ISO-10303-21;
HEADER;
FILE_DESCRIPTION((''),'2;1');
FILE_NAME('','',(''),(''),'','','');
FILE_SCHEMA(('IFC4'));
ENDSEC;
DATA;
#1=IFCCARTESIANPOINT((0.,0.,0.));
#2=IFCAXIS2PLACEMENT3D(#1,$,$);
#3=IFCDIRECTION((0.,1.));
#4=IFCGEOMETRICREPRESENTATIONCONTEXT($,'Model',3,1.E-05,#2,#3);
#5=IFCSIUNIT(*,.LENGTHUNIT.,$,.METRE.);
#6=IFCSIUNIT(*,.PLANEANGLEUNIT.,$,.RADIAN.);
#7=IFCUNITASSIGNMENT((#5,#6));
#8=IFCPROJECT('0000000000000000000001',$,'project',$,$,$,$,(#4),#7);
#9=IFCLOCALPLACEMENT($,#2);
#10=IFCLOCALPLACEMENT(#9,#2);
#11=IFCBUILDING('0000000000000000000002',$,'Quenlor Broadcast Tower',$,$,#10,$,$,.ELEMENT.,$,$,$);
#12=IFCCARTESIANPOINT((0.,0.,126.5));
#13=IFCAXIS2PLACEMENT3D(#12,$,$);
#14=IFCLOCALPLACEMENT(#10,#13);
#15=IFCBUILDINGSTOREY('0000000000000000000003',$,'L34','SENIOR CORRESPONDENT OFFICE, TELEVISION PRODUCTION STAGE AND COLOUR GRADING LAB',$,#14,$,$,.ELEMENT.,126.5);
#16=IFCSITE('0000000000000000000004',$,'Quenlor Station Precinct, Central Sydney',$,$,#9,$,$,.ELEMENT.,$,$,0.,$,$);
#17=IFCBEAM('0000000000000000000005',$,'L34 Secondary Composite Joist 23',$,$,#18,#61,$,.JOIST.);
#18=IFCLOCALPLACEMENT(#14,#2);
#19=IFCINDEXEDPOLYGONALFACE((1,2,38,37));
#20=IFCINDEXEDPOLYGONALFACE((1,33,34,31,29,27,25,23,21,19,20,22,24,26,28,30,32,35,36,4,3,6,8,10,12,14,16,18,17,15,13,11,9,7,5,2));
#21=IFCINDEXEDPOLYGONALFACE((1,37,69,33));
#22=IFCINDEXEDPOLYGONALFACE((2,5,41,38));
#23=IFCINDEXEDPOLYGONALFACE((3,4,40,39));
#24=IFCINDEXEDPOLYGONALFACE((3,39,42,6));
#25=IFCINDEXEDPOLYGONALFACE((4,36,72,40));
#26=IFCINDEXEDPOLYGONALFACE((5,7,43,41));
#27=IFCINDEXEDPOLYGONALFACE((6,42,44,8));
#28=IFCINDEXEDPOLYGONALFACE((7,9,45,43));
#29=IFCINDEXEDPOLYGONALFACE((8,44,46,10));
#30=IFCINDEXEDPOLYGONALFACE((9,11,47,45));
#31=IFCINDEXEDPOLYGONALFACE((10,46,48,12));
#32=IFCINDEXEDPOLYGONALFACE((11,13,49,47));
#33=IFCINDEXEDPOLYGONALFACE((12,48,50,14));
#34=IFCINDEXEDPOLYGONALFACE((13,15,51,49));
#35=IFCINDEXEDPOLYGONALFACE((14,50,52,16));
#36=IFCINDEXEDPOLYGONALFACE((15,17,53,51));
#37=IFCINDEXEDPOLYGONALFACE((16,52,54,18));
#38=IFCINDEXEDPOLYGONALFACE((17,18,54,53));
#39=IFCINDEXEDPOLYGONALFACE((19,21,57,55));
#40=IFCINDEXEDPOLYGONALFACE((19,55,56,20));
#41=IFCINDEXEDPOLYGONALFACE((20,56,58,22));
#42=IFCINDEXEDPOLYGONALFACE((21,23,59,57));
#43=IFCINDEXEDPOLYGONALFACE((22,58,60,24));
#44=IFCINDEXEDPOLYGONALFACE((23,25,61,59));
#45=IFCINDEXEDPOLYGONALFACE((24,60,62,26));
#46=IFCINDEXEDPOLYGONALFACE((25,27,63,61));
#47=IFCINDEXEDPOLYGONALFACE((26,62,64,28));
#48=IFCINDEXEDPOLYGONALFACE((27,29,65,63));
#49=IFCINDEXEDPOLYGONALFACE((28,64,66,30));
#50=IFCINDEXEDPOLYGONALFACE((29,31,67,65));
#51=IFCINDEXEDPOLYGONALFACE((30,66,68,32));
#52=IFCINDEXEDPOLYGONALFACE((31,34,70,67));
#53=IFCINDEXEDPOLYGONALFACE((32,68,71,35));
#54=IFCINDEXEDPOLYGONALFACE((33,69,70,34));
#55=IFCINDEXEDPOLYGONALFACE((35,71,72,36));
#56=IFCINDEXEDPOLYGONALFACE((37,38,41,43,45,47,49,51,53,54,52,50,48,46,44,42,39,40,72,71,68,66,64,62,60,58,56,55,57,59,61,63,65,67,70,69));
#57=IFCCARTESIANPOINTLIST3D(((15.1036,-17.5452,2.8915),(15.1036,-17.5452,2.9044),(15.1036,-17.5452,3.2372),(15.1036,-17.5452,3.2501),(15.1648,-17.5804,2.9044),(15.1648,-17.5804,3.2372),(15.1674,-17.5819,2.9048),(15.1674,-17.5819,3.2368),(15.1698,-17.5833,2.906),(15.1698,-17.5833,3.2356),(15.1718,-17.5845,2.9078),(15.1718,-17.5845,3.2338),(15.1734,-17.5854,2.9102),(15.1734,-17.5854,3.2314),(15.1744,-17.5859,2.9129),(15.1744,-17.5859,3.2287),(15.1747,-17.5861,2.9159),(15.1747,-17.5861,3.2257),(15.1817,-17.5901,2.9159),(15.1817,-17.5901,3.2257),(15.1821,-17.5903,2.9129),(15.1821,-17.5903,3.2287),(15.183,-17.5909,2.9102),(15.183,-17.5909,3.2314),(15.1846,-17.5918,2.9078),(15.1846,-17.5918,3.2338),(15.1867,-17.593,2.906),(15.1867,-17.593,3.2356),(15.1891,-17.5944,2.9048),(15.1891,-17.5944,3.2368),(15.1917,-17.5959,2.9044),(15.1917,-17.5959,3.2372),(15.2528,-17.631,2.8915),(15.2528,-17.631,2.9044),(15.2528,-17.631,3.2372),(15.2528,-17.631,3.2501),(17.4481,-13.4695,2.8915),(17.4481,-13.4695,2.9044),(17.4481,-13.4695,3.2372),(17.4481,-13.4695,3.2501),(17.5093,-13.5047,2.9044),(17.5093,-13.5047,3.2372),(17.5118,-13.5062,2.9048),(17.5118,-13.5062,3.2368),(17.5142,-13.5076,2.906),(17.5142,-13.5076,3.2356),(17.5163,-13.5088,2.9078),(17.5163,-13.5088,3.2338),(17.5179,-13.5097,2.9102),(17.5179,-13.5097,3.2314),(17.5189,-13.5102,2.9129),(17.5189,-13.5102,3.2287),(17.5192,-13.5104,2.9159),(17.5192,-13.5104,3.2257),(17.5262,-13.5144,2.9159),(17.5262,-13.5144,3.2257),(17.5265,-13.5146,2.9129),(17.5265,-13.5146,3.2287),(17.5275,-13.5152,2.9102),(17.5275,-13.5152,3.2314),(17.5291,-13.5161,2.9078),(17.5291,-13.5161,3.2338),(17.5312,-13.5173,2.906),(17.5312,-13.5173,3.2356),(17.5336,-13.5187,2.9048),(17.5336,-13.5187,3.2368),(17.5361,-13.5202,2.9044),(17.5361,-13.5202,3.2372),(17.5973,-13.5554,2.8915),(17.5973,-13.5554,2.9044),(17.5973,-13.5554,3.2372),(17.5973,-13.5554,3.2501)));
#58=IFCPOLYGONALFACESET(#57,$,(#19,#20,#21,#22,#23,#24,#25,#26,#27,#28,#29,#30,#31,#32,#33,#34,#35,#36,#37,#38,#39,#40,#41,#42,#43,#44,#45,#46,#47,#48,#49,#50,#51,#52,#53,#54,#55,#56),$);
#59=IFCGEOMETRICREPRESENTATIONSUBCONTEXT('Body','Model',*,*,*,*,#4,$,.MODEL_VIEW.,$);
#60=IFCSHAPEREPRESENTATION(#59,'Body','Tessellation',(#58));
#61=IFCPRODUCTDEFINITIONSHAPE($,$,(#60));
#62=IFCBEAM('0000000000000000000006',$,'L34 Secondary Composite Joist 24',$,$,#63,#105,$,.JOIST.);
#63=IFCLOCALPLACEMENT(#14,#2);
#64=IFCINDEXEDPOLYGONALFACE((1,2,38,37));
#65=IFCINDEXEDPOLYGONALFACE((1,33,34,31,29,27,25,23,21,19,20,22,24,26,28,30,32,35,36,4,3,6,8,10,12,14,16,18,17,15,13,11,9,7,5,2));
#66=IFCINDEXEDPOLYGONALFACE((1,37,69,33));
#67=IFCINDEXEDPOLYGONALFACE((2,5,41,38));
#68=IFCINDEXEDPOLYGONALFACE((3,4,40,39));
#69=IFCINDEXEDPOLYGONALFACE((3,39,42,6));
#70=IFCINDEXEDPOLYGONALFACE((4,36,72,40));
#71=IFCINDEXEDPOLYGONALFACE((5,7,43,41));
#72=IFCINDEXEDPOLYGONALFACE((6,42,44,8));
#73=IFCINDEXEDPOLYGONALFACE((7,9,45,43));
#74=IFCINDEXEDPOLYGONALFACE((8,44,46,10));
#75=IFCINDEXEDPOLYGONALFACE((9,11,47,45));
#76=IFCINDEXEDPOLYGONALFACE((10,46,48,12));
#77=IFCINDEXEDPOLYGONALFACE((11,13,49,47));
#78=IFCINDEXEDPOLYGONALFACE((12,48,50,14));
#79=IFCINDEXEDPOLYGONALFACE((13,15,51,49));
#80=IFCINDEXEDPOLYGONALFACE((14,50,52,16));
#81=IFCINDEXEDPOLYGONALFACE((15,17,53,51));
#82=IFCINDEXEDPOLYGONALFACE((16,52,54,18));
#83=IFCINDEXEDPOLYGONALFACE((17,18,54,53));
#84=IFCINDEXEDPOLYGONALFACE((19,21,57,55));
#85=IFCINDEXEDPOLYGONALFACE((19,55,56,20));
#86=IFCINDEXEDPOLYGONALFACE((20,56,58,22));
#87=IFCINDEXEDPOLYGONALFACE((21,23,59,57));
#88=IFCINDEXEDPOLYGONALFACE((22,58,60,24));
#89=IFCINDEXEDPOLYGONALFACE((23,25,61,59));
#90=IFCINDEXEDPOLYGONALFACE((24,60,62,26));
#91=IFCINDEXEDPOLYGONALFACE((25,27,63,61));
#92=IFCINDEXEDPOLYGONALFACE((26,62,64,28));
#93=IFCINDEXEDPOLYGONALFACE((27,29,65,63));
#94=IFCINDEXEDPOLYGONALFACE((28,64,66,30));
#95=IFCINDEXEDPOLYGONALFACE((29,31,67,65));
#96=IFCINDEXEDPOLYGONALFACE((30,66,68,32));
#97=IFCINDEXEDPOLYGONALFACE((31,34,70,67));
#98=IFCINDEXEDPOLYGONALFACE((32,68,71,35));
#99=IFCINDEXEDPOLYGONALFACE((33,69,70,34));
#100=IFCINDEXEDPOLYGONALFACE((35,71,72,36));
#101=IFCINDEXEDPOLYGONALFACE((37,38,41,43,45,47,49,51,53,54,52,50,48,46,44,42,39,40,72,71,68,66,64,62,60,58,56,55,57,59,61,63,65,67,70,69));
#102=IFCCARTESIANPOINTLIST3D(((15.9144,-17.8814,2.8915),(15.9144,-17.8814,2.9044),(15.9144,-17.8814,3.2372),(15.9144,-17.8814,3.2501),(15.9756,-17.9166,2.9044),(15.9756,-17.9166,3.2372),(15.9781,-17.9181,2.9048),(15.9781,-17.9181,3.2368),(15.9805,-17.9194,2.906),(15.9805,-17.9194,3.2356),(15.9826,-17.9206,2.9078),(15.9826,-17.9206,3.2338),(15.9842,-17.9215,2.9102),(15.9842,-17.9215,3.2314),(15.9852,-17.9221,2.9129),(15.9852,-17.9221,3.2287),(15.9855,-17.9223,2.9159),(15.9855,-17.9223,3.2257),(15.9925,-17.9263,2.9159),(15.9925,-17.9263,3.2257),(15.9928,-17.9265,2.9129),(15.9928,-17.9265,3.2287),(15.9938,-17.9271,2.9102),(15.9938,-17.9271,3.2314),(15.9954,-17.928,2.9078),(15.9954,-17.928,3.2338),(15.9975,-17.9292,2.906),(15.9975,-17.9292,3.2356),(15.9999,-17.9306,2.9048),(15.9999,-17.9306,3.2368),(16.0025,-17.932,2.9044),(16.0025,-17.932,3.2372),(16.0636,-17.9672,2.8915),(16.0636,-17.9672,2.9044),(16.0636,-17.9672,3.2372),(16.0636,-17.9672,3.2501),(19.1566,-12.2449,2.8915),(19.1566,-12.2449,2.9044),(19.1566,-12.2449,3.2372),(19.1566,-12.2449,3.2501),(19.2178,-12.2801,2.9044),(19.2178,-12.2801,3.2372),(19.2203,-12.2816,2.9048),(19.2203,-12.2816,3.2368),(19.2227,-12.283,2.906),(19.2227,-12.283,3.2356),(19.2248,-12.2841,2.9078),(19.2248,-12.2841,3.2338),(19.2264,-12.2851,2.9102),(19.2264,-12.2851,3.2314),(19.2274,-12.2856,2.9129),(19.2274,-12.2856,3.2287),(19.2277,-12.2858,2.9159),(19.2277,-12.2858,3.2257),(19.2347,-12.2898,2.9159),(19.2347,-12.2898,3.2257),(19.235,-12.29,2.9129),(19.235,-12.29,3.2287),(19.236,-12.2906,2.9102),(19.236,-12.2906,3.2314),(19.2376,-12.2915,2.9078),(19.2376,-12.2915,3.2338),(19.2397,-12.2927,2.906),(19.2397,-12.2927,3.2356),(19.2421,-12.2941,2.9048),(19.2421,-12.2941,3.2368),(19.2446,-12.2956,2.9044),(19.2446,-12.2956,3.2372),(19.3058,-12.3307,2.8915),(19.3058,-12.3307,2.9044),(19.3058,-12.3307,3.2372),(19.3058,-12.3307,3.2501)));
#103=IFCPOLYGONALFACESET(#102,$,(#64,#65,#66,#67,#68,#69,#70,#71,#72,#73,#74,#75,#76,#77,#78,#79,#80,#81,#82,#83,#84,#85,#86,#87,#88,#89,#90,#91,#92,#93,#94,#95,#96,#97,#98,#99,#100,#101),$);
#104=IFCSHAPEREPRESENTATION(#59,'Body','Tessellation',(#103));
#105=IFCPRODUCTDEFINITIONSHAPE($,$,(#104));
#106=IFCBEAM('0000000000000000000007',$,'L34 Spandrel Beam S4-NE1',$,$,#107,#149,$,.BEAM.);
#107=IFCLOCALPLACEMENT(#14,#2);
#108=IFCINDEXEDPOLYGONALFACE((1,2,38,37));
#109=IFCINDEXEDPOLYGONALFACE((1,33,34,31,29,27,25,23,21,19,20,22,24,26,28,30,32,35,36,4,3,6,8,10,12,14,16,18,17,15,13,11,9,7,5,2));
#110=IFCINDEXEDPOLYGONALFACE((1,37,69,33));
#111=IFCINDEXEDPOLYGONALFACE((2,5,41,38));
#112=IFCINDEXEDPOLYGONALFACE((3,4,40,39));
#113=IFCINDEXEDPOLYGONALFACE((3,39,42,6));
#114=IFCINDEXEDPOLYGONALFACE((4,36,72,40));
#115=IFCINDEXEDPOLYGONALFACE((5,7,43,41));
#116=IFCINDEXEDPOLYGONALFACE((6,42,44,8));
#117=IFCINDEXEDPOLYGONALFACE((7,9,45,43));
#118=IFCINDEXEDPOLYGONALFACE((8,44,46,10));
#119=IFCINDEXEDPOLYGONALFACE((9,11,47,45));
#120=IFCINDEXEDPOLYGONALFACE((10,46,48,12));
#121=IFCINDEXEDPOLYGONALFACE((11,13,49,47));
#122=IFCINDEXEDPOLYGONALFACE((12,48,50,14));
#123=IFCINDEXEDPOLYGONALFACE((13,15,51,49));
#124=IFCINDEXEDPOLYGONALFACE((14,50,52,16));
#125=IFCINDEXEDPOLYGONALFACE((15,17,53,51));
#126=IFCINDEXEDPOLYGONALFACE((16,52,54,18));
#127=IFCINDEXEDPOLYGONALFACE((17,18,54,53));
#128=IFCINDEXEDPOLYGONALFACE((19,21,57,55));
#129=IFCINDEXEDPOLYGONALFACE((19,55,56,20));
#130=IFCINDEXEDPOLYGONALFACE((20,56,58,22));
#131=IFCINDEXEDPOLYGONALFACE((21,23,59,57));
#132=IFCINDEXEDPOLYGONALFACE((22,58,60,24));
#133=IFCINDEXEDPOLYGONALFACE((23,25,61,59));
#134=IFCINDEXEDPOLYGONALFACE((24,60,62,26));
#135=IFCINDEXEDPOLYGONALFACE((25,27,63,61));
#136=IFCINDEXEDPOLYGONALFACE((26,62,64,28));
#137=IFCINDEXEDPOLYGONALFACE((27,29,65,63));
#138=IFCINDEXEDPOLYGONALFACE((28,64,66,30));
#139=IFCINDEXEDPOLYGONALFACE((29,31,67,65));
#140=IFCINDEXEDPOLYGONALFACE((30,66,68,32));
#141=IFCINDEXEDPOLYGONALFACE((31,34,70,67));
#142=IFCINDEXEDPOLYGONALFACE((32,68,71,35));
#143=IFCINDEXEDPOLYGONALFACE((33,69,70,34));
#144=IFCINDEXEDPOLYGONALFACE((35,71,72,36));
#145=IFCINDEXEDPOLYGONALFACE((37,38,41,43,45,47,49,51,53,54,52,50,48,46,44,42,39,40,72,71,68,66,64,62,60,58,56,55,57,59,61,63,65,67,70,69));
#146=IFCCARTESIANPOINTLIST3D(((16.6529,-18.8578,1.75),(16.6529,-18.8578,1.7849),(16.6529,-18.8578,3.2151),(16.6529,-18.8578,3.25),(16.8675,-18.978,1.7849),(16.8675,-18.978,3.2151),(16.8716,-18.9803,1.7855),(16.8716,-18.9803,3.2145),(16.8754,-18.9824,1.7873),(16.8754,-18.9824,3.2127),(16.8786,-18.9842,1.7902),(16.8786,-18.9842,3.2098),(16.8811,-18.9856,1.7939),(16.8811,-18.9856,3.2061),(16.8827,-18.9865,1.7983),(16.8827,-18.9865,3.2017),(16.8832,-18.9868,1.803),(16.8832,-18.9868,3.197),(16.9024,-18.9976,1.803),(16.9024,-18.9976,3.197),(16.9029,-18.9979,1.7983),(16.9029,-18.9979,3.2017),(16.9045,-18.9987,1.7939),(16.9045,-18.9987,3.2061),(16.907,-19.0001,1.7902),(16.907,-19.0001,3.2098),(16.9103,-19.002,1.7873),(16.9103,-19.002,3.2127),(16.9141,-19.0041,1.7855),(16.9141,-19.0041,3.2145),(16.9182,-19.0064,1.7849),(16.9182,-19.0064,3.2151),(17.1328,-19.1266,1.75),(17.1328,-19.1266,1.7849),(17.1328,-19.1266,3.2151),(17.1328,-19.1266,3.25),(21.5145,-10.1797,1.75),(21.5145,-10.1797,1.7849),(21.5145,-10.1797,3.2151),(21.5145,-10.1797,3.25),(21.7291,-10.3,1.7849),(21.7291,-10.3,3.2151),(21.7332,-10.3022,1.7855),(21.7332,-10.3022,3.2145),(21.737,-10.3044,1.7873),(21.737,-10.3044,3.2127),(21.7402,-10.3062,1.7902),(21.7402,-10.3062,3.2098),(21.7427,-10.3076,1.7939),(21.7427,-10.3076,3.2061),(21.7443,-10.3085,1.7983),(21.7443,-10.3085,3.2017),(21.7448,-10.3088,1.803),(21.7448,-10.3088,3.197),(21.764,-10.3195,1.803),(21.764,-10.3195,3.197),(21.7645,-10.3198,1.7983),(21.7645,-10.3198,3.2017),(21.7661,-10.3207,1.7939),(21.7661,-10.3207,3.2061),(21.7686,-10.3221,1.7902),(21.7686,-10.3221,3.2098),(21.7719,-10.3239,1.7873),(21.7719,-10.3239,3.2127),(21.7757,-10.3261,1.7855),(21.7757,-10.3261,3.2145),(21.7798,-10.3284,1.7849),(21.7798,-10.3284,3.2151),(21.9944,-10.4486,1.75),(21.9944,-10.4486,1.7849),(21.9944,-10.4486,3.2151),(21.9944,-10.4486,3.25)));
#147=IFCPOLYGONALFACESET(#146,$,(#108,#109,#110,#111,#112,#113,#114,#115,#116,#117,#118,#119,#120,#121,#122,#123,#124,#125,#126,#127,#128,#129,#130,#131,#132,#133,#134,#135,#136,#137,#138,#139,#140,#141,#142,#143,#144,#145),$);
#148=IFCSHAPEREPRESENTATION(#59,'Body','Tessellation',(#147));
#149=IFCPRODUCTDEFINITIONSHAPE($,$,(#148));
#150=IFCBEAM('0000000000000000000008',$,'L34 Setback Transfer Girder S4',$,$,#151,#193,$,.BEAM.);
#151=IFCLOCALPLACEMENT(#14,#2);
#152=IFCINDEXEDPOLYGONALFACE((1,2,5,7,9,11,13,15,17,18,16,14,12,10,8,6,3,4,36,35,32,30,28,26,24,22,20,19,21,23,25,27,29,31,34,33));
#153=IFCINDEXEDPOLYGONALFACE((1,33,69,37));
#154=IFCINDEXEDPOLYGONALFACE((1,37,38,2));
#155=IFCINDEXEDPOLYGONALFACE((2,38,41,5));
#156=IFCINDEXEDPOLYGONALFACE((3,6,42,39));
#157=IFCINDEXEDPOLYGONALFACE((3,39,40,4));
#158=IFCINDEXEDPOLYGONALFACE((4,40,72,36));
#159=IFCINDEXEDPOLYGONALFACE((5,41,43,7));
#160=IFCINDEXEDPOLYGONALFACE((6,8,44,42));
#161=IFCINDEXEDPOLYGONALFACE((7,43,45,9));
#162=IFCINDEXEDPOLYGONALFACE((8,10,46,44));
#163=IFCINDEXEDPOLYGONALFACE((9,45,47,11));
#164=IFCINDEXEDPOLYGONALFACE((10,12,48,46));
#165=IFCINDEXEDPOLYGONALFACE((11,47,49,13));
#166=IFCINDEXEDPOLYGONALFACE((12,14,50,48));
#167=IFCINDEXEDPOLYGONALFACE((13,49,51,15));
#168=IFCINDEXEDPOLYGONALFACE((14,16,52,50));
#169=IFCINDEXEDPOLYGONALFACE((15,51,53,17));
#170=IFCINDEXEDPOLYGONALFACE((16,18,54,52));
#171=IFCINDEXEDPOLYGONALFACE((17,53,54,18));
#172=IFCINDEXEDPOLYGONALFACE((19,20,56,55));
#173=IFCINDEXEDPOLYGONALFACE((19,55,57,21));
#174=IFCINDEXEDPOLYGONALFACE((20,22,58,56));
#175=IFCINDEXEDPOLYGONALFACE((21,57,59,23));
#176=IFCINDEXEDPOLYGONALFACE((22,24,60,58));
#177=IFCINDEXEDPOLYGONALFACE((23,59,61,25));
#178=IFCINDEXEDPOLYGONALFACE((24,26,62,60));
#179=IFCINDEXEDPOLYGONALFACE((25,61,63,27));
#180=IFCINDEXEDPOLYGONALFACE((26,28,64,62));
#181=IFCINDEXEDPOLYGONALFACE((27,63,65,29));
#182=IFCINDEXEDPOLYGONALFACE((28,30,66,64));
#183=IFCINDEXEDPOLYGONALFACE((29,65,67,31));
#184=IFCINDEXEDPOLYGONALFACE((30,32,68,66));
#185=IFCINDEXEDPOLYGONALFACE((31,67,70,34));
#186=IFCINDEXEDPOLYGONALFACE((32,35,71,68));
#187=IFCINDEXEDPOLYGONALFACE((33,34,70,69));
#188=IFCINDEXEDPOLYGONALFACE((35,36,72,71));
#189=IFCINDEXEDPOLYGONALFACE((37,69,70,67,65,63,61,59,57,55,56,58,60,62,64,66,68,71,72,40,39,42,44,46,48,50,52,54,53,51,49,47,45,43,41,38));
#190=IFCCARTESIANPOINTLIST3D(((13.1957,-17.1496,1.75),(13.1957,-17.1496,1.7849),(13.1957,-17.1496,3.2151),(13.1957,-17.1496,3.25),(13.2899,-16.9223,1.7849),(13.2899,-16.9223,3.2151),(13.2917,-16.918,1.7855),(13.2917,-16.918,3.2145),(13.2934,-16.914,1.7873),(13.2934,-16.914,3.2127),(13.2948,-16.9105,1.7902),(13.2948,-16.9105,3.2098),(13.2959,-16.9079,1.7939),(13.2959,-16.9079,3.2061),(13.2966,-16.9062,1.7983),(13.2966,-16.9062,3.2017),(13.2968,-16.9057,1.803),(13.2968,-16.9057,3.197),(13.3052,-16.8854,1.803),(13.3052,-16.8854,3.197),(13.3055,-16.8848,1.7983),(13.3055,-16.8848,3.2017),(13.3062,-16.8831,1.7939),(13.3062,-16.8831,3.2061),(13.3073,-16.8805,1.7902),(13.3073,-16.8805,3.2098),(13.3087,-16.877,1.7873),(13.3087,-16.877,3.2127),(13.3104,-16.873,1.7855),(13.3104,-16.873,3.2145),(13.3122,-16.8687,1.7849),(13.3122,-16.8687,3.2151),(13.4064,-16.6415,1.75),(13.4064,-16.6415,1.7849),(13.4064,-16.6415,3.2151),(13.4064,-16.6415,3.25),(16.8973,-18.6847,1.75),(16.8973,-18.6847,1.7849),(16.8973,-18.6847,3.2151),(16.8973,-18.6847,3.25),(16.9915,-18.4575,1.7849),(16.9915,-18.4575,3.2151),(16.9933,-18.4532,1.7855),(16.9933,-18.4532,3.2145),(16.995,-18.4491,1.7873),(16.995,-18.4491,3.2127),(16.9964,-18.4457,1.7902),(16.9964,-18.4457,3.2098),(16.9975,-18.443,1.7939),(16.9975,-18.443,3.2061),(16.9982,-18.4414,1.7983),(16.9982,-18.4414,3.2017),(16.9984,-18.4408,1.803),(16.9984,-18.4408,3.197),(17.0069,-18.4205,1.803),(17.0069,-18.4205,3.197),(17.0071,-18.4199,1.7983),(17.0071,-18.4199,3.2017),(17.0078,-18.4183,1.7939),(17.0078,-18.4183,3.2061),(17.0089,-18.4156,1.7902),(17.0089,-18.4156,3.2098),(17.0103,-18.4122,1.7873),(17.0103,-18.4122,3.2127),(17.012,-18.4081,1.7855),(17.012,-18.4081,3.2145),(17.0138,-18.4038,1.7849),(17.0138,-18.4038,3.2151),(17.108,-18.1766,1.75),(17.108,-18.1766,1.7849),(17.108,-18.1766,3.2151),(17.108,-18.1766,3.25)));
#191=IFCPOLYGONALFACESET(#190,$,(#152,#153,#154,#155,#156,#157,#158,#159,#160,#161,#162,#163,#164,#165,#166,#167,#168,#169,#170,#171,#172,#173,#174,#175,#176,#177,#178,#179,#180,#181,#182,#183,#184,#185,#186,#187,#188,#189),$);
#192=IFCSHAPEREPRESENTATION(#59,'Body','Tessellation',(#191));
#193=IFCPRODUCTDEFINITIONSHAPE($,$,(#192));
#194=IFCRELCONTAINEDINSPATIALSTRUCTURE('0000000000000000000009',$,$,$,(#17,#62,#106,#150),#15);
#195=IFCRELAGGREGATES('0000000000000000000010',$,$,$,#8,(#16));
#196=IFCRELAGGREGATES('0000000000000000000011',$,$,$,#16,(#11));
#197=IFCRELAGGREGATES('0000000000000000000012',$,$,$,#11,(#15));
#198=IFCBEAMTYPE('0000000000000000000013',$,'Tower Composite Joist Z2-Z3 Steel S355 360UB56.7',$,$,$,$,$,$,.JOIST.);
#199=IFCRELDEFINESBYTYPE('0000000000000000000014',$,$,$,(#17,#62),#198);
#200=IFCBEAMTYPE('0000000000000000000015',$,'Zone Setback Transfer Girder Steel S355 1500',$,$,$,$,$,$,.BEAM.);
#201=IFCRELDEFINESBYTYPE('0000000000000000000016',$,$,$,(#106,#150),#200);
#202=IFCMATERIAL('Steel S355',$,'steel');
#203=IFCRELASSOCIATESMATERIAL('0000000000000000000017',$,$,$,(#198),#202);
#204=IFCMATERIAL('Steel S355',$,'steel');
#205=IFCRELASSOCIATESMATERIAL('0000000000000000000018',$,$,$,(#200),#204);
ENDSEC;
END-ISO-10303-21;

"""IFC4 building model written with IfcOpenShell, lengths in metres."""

from ifc_helpers import new_model, si_unit, direction, frame, origin, origin_2d, place, context, subcontext, project, spatial, i_section, extrude, material, material_profile, profile_set, type_object, element, save


model = new_model("IFC4")

# Units and contexts
model_context = context("Model", 3, precision=1e-05, world=origin(), true_north=direction((0.0, 1.0)))
body_context = subcontext(model_context, "Body", "Model", "MODEL_VIEW")
ifc_project = project(units=[si_unit("LENGTHUNIT", "METRE"), si_unit("PLANEANGLEUNIT", "RADIAN")], contexts=[model_context])

# Site, building, storey
site_placement = place(None, origin())
site = spatial("IfcSite", under=ifc_project, at=site_placement, Name="Quenlor Station Precinct, Central Sydney", CompositionType="ELEMENT", RefElevation=0.0)
building_placement = place(site_placement, origin())
building = spatial("IfcBuilding", under=site, at=building_placement, Name="Quenlor Broadcast Tower", CompositionType="ELEMENT")
storey_placement = place(building_placement, frame((0.0, 0.0, 126.5)))
storey = spatial("IfcBuildingStorey", under=building, at=storey_placement, Name="L34", Description="SENIOR CORRESPONDENT OFFICE, TELEVISION PRODUCTION STAGE AND COLOUR GRADING LAB", CompositionType="ELEMENT", Elevation=126.5)

# Beams
ifc_material_1 = material(Name="Steel S355", Category="steel")
ifc_material_profile_1 = material_profile(ifc_material_1, i_section(OverallWidth=0.1721, OverallDepth=0.3586, WebThickness=0.0081, FlangeThickness=0.0129, FilletRadius=0.0115, at=origin_2d()))
ifc_profile_set_1 = profile_set([ifc_material_profile_1], Name="Steel S355 360UB56.7")
beam_type_1 = type_object("IfcBeamType", Name="Tower Composite Joist Z2-Z3 Steel S355 360UB56.7", PredefinedType="JOIST", material=ifc_profile_set_1)
beam_1_placement = place(storey_placement, frame((15.1782, -17.5881, 3.0708), z_axis=(0.498625, 0.866818, 0.0), x_axis=(-0.866818, 0.498625, 0.0)))
element("IfcBeam", 1, at=beam_1_placement, inside=storey, type_object=beam_type_1, Name="L34 Secondary Composite Joist 23", PredefinedType="JOIST", context=body_context, shape_type="SweptSolid", body=[
    extrude(i_section(OverallWidth=0.1721, OverallDepth=0.3586, WebThickness=0.0081, FlangeThickness=0.0129, FilletRadius=0.0115, at=origin_2d()), origin(), (0.0, 0.0, 1.0), 4.7019),
])
beam_2_placement = place(storey_placement, frame((15.989, -17.9243, 3.0708), z_axis=(0.498611, 0.866826, 0.0), x_axis=(-0.866826, 0.498611, 0.0)))
element("IfcBeam", 2, at=beam_2_placement, inside=storey, type_object=beam_type_1, Name="L34 Secondary Composite Joist 24", PredefinedType="JOIST", context=body_context, shape_type="SweptSolid", body=[
    extrude(i_section(OverallWidth=0.1721, OverallDepth=0.3586, WebThickness=0.0081, FlangeThickness=0.0129, FilletRadius=0.0115, at=origin_2d()), origin(), (0.0, 0.0, 1.0), 6.5024),
])
ifc_material_2 = material(Name="Steel S355", Category="steel")
ifc_material_profile_2 = material_profile(ifc_material_2, i_section(OverallWidth=0.55, OverallDepth=1.5, WebThickness=0.022, FlangeThickness=0.0349, FilletRadius=0.0181, at=origin_2d()))
ifc_profile_set_2 = profile_set([ifc_material_profile_2], Name="Steel S355 1500TG510")
beam_type_2 = type_object("IfcBeamType", Name="Zone Setback Transfer Girder Steel S355 1500", PredefinedType="BEAM", material=ifc_profile_set_2)
beam_3_placement = place(storey_placement, frame((16.8928, -18.9922, 2.5), z_axis=(0.488749, 0.872424, 0.0), x_axis=(-0.872424, 0.488749, 0.0)))
element("IfcBeam", 3, at=beam_3_placement, inside=storey, type_object=beam_type_2, Name="L34 Spandrel Beam S4-NE1", PredefinedType="BEAM", context=body_context, shape_type="SweptSolid", body=[
    extrude(i_section(OverallWidth=0.55, OverallDepth=1.5, WebThickness=0.022, FlangeThickness=0.0349, FilletRadius=0.0181, at=origin_2d()), origin(), (0.0, 0.0, 1.0), 9.947),
])
beam_4_placement = place(storey_placement, frame((13.301, -16.8955, 2.5), z_axis=(0.923714, -0.383083, 0.0), x_axis=(0.383083, 0.923714, 0.0)))
element("IfcBeam", 4, at=beam_4_placement, inside=storey, type_object=beam_type_2, Name="L34 Setback Transfer Girder S4", PredefinedType="BEAM", context=body_context, shape_type="SweptSolid", body=[
    extrude(i_section(OverallWidth=0.55, OverallDepth=1.5, WebThickness=0.022, FlangeThickness=0.0349, FilletRadius=0.0181, at=origin_2d()), origin(), (0.0, 0.0, 1.0), 4.0073),
])

save(model, "model.ifc")
